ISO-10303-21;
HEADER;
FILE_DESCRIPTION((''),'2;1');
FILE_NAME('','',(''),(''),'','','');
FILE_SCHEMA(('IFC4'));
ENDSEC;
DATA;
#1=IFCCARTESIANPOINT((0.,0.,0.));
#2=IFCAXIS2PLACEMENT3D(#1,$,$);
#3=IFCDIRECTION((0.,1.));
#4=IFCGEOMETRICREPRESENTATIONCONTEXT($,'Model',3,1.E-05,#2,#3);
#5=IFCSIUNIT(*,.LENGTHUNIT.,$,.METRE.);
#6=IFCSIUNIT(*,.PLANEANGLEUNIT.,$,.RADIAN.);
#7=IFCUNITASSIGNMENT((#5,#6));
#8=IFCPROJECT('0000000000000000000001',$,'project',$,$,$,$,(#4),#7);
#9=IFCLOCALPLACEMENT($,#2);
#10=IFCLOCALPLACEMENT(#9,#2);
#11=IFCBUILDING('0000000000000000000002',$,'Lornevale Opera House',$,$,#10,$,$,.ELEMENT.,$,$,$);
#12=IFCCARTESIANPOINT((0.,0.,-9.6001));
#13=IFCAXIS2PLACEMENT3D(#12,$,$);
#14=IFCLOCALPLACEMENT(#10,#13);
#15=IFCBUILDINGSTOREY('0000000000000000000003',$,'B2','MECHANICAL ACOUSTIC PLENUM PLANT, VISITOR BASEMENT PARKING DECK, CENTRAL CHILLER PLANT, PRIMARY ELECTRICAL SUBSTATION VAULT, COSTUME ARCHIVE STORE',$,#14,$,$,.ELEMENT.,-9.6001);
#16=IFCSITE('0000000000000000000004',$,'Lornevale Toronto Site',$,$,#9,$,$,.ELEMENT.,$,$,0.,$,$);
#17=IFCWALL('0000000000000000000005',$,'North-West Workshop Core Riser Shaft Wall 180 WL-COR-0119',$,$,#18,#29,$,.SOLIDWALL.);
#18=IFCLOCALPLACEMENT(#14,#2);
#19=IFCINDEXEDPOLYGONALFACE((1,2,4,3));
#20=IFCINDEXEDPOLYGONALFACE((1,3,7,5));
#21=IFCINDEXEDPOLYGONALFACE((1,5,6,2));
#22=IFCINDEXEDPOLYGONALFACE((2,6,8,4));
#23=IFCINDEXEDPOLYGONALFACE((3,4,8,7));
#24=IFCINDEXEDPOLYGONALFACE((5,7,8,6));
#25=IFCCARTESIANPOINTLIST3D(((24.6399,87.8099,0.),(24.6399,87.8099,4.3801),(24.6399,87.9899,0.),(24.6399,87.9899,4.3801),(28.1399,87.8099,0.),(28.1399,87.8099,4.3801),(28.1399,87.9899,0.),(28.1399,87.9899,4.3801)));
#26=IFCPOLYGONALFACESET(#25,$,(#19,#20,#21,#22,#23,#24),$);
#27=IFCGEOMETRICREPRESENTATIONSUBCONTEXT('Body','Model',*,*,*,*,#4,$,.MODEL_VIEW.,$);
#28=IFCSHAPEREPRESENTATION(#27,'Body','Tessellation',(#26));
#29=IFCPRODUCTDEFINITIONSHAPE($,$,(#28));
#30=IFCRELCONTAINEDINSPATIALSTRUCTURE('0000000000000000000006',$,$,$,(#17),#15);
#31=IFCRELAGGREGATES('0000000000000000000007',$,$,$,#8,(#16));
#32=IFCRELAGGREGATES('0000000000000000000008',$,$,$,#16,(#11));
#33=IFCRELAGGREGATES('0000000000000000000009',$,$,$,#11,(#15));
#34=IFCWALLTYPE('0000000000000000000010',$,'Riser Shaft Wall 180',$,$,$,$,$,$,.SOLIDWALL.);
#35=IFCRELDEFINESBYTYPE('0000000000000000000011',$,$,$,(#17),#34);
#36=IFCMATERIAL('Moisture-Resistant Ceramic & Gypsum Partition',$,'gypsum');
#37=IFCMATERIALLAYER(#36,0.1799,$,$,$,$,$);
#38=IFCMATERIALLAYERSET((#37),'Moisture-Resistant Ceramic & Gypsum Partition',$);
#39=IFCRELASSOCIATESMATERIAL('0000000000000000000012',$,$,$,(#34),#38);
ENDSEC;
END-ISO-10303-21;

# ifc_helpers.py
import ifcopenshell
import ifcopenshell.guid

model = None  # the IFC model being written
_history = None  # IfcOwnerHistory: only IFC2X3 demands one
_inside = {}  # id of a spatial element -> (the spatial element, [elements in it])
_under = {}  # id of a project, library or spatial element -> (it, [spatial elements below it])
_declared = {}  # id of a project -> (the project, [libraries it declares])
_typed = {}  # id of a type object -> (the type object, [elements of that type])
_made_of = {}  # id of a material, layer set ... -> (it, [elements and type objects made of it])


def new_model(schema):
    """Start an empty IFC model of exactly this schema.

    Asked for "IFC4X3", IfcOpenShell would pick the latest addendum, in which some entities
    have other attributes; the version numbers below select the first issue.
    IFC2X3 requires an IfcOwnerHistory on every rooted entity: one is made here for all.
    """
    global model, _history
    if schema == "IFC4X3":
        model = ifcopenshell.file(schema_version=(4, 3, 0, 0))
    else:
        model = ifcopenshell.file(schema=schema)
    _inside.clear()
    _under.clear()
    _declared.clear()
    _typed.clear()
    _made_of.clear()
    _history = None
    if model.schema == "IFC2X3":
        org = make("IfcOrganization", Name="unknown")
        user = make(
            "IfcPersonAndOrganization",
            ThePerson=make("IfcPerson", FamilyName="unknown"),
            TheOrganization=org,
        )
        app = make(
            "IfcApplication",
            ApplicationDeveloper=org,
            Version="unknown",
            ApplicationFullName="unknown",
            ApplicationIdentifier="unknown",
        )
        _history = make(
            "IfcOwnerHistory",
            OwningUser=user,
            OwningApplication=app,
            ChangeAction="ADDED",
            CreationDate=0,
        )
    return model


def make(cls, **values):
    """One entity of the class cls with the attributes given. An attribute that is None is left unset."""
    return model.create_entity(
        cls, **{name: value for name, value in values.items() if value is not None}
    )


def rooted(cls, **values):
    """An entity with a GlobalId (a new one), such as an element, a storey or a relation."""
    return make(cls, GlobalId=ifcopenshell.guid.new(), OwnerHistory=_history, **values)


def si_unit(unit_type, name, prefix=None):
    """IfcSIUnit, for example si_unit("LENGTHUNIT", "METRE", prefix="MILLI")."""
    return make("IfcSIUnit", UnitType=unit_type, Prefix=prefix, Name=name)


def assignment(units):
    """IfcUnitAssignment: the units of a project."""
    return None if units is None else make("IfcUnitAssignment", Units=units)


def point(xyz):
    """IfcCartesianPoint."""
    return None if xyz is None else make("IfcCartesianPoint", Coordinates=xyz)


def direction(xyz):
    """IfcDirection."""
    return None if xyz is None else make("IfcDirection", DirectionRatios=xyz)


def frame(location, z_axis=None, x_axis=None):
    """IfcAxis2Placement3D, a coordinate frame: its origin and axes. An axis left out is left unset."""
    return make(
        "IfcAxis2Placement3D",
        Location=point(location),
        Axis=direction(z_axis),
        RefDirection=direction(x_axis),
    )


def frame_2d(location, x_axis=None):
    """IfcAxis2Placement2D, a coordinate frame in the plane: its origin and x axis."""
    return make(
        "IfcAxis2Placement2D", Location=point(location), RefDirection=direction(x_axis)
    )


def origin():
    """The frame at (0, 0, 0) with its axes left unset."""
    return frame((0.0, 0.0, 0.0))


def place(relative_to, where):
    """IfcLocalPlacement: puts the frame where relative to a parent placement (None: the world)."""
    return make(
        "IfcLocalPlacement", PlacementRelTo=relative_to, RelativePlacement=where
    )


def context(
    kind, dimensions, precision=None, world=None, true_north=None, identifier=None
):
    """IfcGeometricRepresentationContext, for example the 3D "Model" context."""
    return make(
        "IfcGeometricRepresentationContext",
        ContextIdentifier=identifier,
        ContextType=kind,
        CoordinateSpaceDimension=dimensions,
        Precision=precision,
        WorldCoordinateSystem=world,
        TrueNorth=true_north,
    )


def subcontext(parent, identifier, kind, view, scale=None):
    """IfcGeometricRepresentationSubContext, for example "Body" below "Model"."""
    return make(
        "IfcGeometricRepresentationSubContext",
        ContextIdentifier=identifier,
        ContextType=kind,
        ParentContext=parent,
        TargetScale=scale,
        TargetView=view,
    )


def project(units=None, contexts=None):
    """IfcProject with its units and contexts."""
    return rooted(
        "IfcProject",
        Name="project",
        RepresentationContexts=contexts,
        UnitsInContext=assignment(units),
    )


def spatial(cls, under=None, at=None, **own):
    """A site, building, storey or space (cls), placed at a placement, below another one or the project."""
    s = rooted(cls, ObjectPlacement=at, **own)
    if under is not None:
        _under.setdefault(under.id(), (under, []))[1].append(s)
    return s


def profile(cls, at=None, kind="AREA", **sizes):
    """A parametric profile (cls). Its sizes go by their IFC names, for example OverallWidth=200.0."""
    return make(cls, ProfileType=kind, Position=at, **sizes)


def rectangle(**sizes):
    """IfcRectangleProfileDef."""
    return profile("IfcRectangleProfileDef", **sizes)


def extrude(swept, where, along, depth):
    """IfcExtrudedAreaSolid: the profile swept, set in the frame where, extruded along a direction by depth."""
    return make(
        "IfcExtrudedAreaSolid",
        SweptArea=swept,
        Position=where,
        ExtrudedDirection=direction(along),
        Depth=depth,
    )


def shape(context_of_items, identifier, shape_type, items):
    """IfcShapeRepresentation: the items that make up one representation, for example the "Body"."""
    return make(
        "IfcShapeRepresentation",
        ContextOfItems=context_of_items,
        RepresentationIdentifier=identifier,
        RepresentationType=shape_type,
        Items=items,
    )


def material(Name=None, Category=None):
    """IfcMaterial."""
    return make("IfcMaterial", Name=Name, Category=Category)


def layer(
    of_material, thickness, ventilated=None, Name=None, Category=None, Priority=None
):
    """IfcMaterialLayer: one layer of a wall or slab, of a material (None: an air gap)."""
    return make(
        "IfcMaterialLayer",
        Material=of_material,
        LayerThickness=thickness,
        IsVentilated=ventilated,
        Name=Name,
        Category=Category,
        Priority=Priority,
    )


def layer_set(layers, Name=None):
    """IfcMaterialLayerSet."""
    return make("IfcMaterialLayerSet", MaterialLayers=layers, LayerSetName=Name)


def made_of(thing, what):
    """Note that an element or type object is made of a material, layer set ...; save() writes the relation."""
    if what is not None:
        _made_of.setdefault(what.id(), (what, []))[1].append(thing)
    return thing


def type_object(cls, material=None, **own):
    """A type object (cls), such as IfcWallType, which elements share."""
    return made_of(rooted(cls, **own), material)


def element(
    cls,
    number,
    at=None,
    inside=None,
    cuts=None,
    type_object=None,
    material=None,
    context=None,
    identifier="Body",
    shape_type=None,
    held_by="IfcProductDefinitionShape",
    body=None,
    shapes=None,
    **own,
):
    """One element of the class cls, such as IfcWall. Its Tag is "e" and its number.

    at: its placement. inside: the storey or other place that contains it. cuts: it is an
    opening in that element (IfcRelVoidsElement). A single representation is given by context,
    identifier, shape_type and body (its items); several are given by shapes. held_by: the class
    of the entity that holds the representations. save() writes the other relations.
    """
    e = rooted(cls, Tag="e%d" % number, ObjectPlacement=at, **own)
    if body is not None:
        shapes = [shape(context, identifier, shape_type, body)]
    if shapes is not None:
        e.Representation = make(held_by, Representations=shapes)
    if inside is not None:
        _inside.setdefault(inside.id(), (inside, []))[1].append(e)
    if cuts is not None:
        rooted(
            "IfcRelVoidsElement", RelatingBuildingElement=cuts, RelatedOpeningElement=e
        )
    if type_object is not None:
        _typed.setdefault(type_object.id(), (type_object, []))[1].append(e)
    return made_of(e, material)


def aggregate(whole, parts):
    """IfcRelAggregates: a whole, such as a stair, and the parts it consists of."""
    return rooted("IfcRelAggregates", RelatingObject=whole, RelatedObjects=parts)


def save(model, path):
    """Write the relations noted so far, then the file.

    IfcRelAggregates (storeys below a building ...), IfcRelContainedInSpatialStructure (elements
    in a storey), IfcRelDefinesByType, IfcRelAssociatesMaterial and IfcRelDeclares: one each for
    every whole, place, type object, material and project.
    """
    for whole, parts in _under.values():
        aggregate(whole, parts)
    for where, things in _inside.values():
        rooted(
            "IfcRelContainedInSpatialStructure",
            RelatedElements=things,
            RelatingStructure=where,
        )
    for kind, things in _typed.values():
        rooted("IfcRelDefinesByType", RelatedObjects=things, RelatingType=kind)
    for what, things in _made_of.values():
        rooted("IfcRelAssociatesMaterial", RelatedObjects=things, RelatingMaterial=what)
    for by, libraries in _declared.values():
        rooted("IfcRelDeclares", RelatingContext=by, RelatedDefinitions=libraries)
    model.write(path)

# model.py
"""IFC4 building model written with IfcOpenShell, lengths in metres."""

from ifc_helpers import new_model, si_unit, direction, frame, frame_2d, origin, place, context, subcontext, project, spatial, rectangle, extrude, material, layer, layer_set, type_object, element, save


model = new_model("IFC4")

# Units and contexts
model_context = context("Model", 3, precision=1e-05, world=origin(), true_north=direction((0.0, 1.0)))
body_context = subcontext(model_context, "Body", "Model", "MODEL_VIEW")
ifc_project = project(units=[si_unit("LENGTHUNIT", "METRE"), si_unit("PLANEANGLEUNIT", "RADIAN")], contexts=[model_context])

# Site, building, storey
site_placement = place(None, origin())
site = spatial("IfcSite", under=ifc_project, at=site_placement, Name="Lornevale Toronto Site", CompositionType="ELEMENT", RefElevation=0.0)
building_placement = place(site_placement, origin())
building = spatial("IfcBuilding", under=site, at=building_placement, Name="Lornevale Opera House", CompositionType="ELEMENT")
storey_placement = place(building_placement, frame((0.0, 0.0, -9.6001)))
storey = spatial("IfcBuildingStorey", under=building, at=storey_placement, Name="B2", Description="MECHANICAL ACOUSTIC PLENUM PLANT, VISITOR BASEMENT PARKING DECK, CENTRAL CHILLER PLANT, PRIMARY ELECTRICAL SUBSTATION VAULT, COSTUME ARCHIVE STORE", CompositionType="ELEMENT", Elevation=-9.6001)

# Wall
ifc_material_1 = material(Name="Moisture-Resistant Ceramic & Gypsum Partition", Category="gypsum")
ifc_layer_1 = layer(ifc_material_1, 0.1799)
ifc_layer_set_1 = layer_set([ifc_layer_1], Name="Moisture-Resistant Ceramic & Gypsum Partition")
wall_type_1 = type_object("IfcWallType", Name="Riser Shaft Wall 180", PredefinedType="SOLIDWALL", material=ifc_layer_set_1)
wall_1_placement = place(storey_placement, frame((24.6399, 87.8999, 0.0), z_axis=(0.0, 0.0, 1.0), x_axis=(1.0, 0.0, 0.0)))
element("IfcWall", 1, at=wall_1_placement, inside=storey, type_object=wall_type_1, Name="North-West Workshop Core Riser Shaft Wall 180 WL-COR-0119", PredefinedType="SOLIDWALL", context=body_context, shape_type="SweptSolid", body=[
    extrude(rectangle(XDim=3.5, YDim=0.1799, at=frame_2d((1.75, 0.0))), origin(), (0.0, 0.0, 1.0), 4.3801),
])

save(model, "model.ifc")
